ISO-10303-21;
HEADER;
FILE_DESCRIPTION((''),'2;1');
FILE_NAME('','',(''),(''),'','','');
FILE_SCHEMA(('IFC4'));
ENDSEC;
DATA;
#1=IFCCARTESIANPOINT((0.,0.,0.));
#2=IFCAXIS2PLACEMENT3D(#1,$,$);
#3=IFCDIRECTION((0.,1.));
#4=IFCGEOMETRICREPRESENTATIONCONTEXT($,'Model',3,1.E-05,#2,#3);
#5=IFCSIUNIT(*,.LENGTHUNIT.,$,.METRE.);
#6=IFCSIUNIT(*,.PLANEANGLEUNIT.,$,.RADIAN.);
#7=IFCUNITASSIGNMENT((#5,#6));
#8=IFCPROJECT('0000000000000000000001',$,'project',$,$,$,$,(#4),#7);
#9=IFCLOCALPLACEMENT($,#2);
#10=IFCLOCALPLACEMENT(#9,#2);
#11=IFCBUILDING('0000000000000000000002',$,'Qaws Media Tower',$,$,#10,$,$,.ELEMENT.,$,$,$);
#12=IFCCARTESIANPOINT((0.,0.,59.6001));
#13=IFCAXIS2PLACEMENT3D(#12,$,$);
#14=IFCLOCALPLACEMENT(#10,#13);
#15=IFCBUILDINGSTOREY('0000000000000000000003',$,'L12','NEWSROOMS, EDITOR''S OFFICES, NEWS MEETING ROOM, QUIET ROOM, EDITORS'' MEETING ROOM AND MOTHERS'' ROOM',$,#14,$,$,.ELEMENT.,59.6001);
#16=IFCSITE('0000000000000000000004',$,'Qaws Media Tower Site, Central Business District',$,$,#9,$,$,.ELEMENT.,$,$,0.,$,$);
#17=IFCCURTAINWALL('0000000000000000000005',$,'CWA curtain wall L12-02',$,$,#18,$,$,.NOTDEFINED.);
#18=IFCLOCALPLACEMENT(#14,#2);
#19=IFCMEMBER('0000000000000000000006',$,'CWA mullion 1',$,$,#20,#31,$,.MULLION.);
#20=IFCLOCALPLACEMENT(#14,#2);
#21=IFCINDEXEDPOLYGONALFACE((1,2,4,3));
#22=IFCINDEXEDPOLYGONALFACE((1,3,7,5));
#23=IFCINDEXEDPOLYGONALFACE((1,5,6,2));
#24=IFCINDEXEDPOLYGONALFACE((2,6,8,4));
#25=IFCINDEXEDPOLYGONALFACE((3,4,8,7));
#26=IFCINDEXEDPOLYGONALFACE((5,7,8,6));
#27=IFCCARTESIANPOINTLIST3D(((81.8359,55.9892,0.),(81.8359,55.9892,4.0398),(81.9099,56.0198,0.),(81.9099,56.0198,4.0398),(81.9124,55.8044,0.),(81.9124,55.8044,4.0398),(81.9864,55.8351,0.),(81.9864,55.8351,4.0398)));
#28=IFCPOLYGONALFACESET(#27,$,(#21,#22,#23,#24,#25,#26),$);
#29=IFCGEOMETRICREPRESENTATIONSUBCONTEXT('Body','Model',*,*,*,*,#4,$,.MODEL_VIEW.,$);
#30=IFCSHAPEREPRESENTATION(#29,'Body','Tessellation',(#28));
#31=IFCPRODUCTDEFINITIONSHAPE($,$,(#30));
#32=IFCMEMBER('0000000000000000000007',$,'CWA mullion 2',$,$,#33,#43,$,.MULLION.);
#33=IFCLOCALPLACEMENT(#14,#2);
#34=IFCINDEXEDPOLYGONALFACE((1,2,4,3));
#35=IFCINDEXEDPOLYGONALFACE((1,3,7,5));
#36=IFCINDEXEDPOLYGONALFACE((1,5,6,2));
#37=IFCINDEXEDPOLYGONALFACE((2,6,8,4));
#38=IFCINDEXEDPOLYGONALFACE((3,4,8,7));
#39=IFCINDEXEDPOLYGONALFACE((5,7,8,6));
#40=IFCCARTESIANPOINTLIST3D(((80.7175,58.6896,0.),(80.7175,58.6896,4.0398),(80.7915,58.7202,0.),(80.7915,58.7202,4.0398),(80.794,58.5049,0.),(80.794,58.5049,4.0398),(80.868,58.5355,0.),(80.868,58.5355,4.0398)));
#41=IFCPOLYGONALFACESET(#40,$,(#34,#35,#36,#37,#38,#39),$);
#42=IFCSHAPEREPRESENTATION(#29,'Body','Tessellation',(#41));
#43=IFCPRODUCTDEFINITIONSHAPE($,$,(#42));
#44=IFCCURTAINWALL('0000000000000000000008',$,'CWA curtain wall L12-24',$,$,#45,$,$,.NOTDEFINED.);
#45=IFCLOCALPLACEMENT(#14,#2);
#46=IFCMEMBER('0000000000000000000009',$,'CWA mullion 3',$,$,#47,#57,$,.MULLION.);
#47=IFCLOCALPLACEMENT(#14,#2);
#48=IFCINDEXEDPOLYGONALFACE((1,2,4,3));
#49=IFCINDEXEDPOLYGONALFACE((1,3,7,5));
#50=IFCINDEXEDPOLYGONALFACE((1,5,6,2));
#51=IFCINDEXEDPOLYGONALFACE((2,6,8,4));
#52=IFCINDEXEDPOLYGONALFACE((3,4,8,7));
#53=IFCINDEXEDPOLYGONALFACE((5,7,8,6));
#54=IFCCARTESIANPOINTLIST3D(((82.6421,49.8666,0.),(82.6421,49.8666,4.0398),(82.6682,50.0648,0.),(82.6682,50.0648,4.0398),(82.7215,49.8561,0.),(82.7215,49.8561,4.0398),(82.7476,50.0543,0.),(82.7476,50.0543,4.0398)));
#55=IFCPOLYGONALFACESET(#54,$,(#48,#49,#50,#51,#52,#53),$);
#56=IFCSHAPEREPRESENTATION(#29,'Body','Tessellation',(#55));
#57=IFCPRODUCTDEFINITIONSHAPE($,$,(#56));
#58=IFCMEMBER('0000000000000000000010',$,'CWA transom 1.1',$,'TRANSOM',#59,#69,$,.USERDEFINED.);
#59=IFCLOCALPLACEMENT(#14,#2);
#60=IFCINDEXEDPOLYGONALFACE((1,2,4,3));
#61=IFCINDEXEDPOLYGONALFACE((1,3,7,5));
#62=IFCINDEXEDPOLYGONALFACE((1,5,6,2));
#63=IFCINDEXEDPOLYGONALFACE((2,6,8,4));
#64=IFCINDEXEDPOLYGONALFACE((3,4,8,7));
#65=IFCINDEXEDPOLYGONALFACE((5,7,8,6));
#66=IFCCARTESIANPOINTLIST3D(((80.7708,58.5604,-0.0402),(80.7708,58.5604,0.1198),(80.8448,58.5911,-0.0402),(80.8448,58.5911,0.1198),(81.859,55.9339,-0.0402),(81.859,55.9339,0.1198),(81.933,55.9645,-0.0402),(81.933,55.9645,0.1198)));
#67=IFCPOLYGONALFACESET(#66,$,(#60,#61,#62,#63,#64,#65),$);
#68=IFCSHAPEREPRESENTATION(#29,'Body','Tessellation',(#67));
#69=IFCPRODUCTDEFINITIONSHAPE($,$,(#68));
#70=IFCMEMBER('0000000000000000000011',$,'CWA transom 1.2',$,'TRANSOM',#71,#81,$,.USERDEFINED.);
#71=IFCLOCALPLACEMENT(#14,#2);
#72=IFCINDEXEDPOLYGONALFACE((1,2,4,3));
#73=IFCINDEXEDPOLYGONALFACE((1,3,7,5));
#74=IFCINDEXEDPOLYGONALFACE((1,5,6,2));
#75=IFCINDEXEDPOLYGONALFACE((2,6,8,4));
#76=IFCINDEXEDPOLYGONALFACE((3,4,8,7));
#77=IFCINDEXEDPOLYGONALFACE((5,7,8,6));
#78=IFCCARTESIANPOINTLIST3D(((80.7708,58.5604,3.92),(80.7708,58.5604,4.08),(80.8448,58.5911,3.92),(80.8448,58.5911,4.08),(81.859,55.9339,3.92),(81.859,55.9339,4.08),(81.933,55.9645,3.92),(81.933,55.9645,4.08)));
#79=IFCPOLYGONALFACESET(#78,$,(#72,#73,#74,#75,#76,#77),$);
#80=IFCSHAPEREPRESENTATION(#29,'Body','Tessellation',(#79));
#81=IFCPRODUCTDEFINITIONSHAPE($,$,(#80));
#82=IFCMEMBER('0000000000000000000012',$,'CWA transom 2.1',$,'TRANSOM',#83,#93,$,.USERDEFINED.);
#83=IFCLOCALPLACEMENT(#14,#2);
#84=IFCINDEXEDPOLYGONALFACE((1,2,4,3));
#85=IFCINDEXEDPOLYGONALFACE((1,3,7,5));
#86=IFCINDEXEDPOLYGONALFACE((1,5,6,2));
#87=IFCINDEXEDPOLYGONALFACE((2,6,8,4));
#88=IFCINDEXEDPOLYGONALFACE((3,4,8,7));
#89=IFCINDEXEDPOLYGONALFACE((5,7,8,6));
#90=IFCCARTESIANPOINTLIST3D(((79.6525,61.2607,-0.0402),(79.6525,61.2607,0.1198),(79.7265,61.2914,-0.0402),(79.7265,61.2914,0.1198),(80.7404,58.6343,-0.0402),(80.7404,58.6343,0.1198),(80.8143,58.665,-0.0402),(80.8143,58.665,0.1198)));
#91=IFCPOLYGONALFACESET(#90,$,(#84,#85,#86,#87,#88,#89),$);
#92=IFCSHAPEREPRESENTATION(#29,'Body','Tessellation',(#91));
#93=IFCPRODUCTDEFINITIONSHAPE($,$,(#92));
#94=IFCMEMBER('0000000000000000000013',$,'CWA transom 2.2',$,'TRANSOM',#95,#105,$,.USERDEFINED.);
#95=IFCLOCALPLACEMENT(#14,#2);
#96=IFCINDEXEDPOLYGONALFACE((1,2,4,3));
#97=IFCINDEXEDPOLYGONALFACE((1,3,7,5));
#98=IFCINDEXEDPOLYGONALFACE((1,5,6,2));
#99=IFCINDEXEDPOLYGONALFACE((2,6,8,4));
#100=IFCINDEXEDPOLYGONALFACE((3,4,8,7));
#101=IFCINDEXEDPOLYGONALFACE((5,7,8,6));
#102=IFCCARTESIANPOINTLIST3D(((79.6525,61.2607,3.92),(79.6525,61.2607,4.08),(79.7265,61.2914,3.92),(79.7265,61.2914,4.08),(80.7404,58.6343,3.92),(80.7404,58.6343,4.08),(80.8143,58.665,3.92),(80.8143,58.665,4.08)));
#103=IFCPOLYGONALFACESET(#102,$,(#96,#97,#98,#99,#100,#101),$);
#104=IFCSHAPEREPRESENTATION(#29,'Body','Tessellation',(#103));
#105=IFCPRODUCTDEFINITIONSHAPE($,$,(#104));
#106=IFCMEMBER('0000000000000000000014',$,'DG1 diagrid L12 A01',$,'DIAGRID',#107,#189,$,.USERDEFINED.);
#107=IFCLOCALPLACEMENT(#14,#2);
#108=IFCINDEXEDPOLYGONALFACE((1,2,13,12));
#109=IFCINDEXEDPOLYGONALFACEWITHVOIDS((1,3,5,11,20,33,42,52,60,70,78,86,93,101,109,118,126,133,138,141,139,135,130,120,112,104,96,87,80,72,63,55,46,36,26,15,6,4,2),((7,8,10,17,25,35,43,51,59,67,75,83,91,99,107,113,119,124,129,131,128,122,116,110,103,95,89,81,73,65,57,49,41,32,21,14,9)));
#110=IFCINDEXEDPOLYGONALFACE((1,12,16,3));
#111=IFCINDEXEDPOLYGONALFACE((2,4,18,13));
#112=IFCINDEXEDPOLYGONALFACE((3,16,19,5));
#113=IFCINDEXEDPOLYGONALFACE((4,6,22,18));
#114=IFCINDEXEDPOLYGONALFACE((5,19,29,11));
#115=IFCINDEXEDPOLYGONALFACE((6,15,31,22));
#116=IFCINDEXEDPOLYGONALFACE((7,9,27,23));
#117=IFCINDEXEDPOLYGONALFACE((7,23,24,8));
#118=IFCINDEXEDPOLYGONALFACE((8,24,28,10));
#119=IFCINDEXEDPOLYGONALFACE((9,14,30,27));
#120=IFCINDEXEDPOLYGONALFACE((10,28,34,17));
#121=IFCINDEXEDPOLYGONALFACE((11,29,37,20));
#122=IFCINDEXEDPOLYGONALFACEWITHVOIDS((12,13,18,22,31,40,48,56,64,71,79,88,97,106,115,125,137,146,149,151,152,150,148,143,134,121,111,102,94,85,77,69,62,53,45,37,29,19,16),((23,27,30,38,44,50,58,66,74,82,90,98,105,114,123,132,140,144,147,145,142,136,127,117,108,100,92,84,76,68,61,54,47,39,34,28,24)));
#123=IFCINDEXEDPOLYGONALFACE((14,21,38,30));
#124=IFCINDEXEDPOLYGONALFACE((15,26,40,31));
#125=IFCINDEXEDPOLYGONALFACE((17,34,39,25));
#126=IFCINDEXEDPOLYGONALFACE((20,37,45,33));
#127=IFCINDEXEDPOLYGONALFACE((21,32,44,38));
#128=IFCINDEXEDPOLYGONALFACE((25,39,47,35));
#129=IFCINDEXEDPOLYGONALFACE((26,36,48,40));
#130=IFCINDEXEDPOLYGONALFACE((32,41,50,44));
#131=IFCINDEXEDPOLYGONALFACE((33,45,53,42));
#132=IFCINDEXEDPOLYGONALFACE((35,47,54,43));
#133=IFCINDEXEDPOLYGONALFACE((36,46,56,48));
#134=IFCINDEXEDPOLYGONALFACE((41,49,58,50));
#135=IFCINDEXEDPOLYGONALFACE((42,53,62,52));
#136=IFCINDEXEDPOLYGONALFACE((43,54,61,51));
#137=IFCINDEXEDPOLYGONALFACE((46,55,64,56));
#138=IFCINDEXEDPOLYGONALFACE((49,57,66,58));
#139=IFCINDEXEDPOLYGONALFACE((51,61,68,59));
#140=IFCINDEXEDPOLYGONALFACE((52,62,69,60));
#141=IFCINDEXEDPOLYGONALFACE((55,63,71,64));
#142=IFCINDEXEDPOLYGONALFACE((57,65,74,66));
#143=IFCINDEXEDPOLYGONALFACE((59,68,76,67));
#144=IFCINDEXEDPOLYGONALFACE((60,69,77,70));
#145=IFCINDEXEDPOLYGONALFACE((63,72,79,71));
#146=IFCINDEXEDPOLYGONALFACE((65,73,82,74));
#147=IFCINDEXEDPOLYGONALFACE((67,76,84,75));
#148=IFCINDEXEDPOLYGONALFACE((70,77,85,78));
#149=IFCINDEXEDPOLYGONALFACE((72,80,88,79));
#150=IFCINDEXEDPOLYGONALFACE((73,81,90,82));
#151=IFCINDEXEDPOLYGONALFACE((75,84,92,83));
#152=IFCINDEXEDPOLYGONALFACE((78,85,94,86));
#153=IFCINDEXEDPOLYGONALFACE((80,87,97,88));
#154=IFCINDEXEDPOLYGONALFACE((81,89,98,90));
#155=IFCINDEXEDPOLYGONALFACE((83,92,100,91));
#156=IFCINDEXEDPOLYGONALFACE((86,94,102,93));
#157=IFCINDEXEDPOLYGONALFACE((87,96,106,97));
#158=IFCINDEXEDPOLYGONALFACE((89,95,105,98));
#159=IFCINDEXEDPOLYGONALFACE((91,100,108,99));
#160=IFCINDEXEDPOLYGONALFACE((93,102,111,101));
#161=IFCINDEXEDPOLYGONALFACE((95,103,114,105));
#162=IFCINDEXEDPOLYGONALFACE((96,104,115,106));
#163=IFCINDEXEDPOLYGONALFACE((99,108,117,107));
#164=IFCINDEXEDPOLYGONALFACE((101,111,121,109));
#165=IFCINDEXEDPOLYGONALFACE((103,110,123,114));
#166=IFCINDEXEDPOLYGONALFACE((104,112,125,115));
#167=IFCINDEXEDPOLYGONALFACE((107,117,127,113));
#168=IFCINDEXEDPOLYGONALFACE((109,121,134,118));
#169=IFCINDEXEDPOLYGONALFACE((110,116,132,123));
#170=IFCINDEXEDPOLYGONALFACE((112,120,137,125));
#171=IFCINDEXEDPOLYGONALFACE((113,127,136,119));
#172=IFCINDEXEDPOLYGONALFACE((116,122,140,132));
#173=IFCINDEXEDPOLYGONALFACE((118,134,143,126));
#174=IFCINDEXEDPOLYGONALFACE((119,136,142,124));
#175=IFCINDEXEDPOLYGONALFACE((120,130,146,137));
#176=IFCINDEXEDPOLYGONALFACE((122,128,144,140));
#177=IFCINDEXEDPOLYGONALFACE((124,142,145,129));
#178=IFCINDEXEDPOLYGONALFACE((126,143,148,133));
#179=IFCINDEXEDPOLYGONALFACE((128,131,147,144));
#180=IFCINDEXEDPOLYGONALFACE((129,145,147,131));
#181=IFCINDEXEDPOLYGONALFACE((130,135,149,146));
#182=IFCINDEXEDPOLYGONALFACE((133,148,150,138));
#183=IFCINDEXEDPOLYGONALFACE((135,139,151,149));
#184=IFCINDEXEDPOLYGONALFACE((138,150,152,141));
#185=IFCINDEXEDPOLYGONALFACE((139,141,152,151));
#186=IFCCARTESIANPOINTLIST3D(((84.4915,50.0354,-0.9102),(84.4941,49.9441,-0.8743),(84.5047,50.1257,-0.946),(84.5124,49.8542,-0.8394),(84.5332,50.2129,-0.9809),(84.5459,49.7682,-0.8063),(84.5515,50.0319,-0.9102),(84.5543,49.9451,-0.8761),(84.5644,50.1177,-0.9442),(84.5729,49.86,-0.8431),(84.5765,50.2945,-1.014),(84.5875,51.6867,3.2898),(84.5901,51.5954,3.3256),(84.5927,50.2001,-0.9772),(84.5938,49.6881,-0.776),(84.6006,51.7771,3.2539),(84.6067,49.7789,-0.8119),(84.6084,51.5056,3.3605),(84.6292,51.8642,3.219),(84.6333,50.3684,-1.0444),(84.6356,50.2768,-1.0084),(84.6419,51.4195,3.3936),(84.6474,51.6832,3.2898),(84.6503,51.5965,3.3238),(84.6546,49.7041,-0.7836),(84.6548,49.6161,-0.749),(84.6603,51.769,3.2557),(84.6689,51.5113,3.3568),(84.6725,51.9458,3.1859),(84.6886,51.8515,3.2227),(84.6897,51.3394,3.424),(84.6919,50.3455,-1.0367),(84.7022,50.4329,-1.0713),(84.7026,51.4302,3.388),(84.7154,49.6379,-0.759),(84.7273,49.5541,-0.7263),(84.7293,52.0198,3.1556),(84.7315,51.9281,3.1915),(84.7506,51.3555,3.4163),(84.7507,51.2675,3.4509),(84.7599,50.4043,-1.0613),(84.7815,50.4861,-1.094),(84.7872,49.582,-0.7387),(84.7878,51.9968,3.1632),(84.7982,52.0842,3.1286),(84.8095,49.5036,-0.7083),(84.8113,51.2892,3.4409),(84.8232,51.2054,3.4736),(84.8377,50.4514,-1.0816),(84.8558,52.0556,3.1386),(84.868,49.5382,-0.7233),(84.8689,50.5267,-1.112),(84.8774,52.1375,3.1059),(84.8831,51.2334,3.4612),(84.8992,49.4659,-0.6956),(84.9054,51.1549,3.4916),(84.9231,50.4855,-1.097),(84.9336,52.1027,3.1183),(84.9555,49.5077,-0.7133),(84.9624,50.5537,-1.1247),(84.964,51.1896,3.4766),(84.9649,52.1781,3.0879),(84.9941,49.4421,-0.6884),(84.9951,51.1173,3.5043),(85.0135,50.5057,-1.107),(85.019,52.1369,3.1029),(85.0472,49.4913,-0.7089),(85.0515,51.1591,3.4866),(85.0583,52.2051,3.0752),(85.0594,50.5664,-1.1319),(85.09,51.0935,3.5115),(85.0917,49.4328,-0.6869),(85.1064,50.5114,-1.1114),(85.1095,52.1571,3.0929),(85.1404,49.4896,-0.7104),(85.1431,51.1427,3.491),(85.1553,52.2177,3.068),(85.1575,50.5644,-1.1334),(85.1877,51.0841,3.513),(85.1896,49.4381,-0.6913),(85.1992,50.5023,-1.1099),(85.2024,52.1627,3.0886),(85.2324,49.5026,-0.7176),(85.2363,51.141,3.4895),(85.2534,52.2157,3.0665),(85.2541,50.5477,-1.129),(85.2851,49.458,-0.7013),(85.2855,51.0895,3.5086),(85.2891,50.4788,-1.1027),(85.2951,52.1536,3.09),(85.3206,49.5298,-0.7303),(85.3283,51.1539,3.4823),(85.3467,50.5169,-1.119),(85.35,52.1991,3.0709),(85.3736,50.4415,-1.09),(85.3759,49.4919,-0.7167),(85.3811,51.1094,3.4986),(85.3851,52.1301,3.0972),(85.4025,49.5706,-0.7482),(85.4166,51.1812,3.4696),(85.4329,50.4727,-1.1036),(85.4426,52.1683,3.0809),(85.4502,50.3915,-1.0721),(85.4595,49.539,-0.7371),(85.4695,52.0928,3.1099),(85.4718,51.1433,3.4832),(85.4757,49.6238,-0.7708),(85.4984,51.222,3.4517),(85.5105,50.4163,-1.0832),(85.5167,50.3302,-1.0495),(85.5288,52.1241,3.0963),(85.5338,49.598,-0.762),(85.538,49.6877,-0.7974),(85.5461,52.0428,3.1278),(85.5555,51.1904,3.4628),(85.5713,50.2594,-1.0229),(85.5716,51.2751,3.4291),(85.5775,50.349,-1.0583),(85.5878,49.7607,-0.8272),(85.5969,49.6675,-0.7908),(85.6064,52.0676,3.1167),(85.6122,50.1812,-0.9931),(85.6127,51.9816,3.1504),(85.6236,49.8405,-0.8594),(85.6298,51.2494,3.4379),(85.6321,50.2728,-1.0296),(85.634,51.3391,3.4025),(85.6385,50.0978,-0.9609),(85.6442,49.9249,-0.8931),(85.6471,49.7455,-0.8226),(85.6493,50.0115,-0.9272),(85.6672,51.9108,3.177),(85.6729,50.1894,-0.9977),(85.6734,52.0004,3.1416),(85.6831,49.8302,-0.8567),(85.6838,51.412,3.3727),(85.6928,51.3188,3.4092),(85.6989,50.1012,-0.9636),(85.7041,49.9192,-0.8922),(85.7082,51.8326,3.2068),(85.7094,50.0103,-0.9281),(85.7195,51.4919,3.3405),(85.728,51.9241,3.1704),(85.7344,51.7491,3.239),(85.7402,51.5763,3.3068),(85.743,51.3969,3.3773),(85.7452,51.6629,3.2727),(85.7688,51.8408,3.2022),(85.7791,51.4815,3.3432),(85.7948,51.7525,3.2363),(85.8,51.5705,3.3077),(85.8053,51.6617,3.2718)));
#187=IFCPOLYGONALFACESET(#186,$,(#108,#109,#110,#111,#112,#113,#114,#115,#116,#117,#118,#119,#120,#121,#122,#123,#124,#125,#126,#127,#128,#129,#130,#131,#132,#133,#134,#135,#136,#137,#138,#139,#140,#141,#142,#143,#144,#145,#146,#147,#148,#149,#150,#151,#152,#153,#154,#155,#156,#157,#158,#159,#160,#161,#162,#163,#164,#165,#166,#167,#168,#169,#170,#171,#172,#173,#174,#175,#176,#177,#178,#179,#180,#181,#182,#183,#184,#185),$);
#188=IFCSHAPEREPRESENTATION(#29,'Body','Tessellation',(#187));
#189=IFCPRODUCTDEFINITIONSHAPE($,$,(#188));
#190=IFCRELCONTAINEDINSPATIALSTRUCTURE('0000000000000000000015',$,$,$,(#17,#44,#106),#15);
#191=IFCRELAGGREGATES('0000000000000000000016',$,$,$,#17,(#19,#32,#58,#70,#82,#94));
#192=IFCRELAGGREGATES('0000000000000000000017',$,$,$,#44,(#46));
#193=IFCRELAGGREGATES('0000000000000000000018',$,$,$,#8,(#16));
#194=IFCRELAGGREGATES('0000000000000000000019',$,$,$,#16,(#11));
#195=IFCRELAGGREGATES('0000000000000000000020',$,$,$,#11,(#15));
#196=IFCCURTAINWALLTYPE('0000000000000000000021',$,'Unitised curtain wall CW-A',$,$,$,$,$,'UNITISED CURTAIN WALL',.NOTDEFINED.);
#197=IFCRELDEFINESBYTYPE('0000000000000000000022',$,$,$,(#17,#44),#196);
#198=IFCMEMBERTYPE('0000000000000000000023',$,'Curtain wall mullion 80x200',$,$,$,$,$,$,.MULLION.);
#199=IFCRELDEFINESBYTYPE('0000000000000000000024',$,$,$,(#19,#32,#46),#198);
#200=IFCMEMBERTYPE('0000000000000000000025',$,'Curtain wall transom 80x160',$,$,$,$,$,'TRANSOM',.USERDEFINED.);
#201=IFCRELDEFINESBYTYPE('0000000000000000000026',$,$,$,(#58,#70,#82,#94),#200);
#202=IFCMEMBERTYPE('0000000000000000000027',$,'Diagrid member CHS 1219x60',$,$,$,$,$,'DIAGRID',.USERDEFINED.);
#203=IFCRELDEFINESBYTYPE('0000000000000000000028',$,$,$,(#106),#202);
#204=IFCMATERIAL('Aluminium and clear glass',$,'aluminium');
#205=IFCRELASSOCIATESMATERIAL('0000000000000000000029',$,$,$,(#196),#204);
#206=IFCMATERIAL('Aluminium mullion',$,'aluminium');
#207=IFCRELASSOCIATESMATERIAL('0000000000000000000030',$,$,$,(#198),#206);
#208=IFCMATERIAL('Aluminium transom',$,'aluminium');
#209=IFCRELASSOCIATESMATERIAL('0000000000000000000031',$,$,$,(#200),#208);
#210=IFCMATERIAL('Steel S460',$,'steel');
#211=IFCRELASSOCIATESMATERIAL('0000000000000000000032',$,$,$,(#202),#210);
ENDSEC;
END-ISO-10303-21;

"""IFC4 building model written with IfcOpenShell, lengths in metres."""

from ifc_helpers import new_model, si_unit, direction, frame, origin, origin_2d, place, context, subcontext, project, spatial, rectangle, hollow_circle, extrude, material, material_profile, profile_set, type_object, element, aggregate, save


model = new_model("IFC4")

# Units and contexts
model_context = context("Model", 3, precision=1e-05, world=origin(), true_north=direction((0.0, 1.0)))
body_context = subcontext(model_context, "Body", "Model", "MODEL_VIEW")
ifc_project = project(units=[si_unit("LENGTHUNIT", "METRE"), si_unit("PLANEANGLEUNIT", "RADIAN")], contexts=[model_context])

# Site, building, storey
site_placement = place(None, origin())
site = spatial("IfcSite", under=ifc_project, at=site_placement, Name="Qaws Media Tower Site, Central Business District", CompositionType="ELEMENT", RefElevation=0.0)
building_placement = place(site_placement, origin())
building = spatial("IfcBuilding", under=site, at=building_placement, Name="Qaws Media Tower", CompositionType="ELEMENT")
storey_placement = place(building_placement, frame((0.0, 0.0, 59.6001)))
storey = spatial("IfcBuildingStorey", under=building, at=storey_placement, Name="L12", Description="NEWSROOMS, EDITOR'S OFFICES, NEWS MEETING ROOM, QUIET ROOM, EDITORS' MEETING ROOM AND MOTHERS' ROOM", CompositionType="ELEMENT", Elevation=59.6001)

# Curtain wall, members
ifc_material_1 = material(Name="Aluminium and clear glass", Category="aluminium")
curtain_wall_type = type_object("IfcCurtainWallType", Name="Unitised curtain wall CW-A", ElementType="UNITISED CURTAIN WALL", PredefinedType="NOTDEFINED", material=ifc_material_1)
curtain_wall_1_placement = place(storey_placement, origin())
curtain_wall_1 = element("IfcCurtainWall", 1, at=curtain_wall_1_placement, inside=storey, type_object=curtain_wall_type, Name="CWA curtain wall L12-02", PredefinedType="NOTDEFINED")
ifc_material_2 = material(Name="Aluminium mullion", Category="aluminium")
ifc_material_profile_1 = material_profile(ifc_material_2, rectangle(XDim=0.0801, YDim=0.2, at=origin_2d()), Name="80x200")
ifc_profile_set_1 = profile_set([ifc_material_profile_1], Name="Aluminium mullion")
member_type_1 = type_object("IfcMemberType", Name="Curtain wall mullion 80x200", PredefinedType="MULLION", material=ifc_profile_set_1)
member_1_placement = place(storey_placement, frame((81.9111, 55.9121, 0.0), z_axis=(0.0, 0.0, 1.0), x_axis=(-0.92388, -0.382683, 0.0)))
member_1 = element("IfcMember", 2, at=member_1_placement, type_object=member_type_1, Name="CWA mullion 1", PredefinedType="MULLION", context=body_context, shape_type="SweptSolid", body=[
    extrude(rectangle(XDim=0.0801, YDim=0.2, at=origin_2d()), origin(), (0.0, 0.0, 1.0), 4.0398),
])
member_2_placement = place(storey_placement, frame((80.7927, 58.6125, 0.0), z_axis=(0.0, 0.0, 1.0), x_axis=(-0.92388, -0.382683, 0.0)))
member_2 = element("IfcMember", 3, at=member_2_placement, type_object=member_type_1, Name="CWA mullion 2", PredefinedType="MULLION", context=body_context, shape_type="SweptSolid", body=[
    extrude(rectangle(XDim=0.0801, YDim=0.2, at=origin_2d()), origin(), (0.0, 0.0, 1.0), 4.0398),
])

# Curtain wall, member
curtain_wall_2_placement = place(storey_placement, origin())
curtain_wall_2 = element("IfcCurtainWall", 4, at=curtain_wall_2_placement, inside=storey, type_object=curtain_wall_type, Name="CWA curtain wall L12-24", PredefinedType="NOTDEFINED")
member_3_placement = place(storey_placement, frame((82.6948, 49.9604, 0.0), z_axis=(0.0, 0.0, 1.0), x_axis=(-0.991445, 0.130526, 0.0)))
member_3 = element("IfcMember", 5, at=member_3_placement, type_object=member_type_1, Name="CWA mullion 3", PredefinedType="MULLION", context=body_context, shape_type="SweptSolid", body=[
    extrude(rectangle(XDim=0.0801, YDim=0.2, at=origin_2d()), origin(), (0.0, 0.0, 1.0), 4.0398),
])

# Members
ifc_material_3 = material(Name="Aluminium transom", Category="aluminium")
ifc_material_profile_2 = material_profile(ifc_material_3, rectangle(XDim=0.0801, YDim=0.1599, at=origin_2d()), Name="80x160")
ifc_profile_set_2 = profile_set([ifc_material_profile_2], Name="Aluminium transom")
member_type_2 = type_object("IfcMemberType", Name="Curtain wall transom 80x160", ElementType="TRANSOM", PredefinedType="USERDEFINED", material=ifc_profile_set_2)
member_4_placement = place(storey_placement, frame((81.896, 55.9492, 0.0398), z_axis=(-0.382749, 0.923852, 0.0), x_axis=(-0.923852, -0.382749, 0.0)))
member_4 = element("IfcMember", 6, at=member_4_placement, type_object=member_type_2, Name="CWA transom 1.1", ObjectType="TRANSOM", PredefinedType="USERDEFINED", context=body_context, shape_type="SweptSolid", body=[
    extrude(rectangle(XDim=0.0801, YDim=0.1599, at=origin_2d()), origin(), (0.0, 0.0, 1.0), 2.843),
])
member_5_placement = place(storey_placement, frame((81.896, 55.9492, 4.0), z_axis=(-0.382749, 0.923852, 0.0), x_axis=(-0.923852, -0.382749, 0.0)))
member_5 = element("IfcMember", 7, at=member_5_placement, type_object=member_type_2, Name="CWA transom 1.2", ObjectType="TRANSOM", PredefinedType="USERDEFINED", context=body_context, shape_type="SweptSolid", body=[
    extrude(rectangle(XDim=0.0801, YDim=0.1599, at=origin_2d()), origin(), (0.0, 0.0, 1.0), 2.843),
])
member_6_placement = place(storey_placement, frame((80.7773, 58.6497, 0.0398), z_axis=(-0.382675, 0.923883, 0.0), x_axis=(-0.923883, -0.382675, 0.0)))
member_6 = element("IfcMember", 8, at=member_6_placement, type_object=member_type_2, Name="CWA transom 2.1", ObjectType="TRANSOM", PredefinedType="USERDEFINED", context=body_context, shape_type="SweptSolid", body=[
    extrude(rectangle(XDim=0.0801, YDim=0.1599, at=origin_2d()), origin(), (0.0, 0.0, 1.0), 2.8428),
])
member_7_placement = place(storey_placement, frame((80.7773, 58.6497, 4.0), z_axis=(-0.382675, 0.923883, 0.0), x_axis=(-0.923883, -0.382675, 0.0)))
member_7 = element("IfcMember", 9, at=member_7_placement, type_object=member_type_2, Name="CWA transom 2.2", ObjectType="TRANSOM", PredefinedType="USERDEFINED", context=body_context, shape_type="SweptSolid", body=[
    extrude(rectangle(XDim=0.0801, YDim=0.1599, at=origin_2d()), origin(), (0.0, 0.0, 1.0), 2.8428),
])

# Member
ifc_material_4 = material(Name="Steel S460", Category="steel")
ifc_material_profile_3 = material_profile(ifc_material_4, hollow_circle(Radius=0.6096, WallThickness=0.0601, at=origin_2d()), Name="CHS 1219x60")
ifc_profile_set_3 = profile_set([ifc_material_profile_3], Name="Steel S460")
member_type_3 = type_object("IfcMemberType", Name="Diagrid member CHS 1219x60", ElementType="DIAGRID", PredefinedType="USERDEFINED", material=ifc_profile_set_3)
for number, where, z_axis, x_axis, name in (
    (10, (85.1001, 50.0, -0.9102), (0.021256, 0.365836, 0.930437), (-0.998316, 0.058004, 0.0), "DG1 diagrid L12 A01"),
):
    element("IfcMember", number, at=place(storey_placement, frame(where, z_axis=z_axis, x_axis=x_axis)), inside=storey, type_object=member_type_3, Name=name, ObjectType="DIAGRID", PredefinedType="USERDEFINED", context=body_context, shape_type="SweptSolid", body=[
        extrude(hollow_circle(Radius=0.6096, WallThickness=0.0601, at=origin_2d()), origin(), (0.0, 0.0, 1.0), 4.5139),
    ])

aggregate(curtain_wall_1, [member_1, member_2, member_4, member_5, member_6, member_7])
aggregate(curtain_wall_2, [member_3])

save(model, "model.ifc")
